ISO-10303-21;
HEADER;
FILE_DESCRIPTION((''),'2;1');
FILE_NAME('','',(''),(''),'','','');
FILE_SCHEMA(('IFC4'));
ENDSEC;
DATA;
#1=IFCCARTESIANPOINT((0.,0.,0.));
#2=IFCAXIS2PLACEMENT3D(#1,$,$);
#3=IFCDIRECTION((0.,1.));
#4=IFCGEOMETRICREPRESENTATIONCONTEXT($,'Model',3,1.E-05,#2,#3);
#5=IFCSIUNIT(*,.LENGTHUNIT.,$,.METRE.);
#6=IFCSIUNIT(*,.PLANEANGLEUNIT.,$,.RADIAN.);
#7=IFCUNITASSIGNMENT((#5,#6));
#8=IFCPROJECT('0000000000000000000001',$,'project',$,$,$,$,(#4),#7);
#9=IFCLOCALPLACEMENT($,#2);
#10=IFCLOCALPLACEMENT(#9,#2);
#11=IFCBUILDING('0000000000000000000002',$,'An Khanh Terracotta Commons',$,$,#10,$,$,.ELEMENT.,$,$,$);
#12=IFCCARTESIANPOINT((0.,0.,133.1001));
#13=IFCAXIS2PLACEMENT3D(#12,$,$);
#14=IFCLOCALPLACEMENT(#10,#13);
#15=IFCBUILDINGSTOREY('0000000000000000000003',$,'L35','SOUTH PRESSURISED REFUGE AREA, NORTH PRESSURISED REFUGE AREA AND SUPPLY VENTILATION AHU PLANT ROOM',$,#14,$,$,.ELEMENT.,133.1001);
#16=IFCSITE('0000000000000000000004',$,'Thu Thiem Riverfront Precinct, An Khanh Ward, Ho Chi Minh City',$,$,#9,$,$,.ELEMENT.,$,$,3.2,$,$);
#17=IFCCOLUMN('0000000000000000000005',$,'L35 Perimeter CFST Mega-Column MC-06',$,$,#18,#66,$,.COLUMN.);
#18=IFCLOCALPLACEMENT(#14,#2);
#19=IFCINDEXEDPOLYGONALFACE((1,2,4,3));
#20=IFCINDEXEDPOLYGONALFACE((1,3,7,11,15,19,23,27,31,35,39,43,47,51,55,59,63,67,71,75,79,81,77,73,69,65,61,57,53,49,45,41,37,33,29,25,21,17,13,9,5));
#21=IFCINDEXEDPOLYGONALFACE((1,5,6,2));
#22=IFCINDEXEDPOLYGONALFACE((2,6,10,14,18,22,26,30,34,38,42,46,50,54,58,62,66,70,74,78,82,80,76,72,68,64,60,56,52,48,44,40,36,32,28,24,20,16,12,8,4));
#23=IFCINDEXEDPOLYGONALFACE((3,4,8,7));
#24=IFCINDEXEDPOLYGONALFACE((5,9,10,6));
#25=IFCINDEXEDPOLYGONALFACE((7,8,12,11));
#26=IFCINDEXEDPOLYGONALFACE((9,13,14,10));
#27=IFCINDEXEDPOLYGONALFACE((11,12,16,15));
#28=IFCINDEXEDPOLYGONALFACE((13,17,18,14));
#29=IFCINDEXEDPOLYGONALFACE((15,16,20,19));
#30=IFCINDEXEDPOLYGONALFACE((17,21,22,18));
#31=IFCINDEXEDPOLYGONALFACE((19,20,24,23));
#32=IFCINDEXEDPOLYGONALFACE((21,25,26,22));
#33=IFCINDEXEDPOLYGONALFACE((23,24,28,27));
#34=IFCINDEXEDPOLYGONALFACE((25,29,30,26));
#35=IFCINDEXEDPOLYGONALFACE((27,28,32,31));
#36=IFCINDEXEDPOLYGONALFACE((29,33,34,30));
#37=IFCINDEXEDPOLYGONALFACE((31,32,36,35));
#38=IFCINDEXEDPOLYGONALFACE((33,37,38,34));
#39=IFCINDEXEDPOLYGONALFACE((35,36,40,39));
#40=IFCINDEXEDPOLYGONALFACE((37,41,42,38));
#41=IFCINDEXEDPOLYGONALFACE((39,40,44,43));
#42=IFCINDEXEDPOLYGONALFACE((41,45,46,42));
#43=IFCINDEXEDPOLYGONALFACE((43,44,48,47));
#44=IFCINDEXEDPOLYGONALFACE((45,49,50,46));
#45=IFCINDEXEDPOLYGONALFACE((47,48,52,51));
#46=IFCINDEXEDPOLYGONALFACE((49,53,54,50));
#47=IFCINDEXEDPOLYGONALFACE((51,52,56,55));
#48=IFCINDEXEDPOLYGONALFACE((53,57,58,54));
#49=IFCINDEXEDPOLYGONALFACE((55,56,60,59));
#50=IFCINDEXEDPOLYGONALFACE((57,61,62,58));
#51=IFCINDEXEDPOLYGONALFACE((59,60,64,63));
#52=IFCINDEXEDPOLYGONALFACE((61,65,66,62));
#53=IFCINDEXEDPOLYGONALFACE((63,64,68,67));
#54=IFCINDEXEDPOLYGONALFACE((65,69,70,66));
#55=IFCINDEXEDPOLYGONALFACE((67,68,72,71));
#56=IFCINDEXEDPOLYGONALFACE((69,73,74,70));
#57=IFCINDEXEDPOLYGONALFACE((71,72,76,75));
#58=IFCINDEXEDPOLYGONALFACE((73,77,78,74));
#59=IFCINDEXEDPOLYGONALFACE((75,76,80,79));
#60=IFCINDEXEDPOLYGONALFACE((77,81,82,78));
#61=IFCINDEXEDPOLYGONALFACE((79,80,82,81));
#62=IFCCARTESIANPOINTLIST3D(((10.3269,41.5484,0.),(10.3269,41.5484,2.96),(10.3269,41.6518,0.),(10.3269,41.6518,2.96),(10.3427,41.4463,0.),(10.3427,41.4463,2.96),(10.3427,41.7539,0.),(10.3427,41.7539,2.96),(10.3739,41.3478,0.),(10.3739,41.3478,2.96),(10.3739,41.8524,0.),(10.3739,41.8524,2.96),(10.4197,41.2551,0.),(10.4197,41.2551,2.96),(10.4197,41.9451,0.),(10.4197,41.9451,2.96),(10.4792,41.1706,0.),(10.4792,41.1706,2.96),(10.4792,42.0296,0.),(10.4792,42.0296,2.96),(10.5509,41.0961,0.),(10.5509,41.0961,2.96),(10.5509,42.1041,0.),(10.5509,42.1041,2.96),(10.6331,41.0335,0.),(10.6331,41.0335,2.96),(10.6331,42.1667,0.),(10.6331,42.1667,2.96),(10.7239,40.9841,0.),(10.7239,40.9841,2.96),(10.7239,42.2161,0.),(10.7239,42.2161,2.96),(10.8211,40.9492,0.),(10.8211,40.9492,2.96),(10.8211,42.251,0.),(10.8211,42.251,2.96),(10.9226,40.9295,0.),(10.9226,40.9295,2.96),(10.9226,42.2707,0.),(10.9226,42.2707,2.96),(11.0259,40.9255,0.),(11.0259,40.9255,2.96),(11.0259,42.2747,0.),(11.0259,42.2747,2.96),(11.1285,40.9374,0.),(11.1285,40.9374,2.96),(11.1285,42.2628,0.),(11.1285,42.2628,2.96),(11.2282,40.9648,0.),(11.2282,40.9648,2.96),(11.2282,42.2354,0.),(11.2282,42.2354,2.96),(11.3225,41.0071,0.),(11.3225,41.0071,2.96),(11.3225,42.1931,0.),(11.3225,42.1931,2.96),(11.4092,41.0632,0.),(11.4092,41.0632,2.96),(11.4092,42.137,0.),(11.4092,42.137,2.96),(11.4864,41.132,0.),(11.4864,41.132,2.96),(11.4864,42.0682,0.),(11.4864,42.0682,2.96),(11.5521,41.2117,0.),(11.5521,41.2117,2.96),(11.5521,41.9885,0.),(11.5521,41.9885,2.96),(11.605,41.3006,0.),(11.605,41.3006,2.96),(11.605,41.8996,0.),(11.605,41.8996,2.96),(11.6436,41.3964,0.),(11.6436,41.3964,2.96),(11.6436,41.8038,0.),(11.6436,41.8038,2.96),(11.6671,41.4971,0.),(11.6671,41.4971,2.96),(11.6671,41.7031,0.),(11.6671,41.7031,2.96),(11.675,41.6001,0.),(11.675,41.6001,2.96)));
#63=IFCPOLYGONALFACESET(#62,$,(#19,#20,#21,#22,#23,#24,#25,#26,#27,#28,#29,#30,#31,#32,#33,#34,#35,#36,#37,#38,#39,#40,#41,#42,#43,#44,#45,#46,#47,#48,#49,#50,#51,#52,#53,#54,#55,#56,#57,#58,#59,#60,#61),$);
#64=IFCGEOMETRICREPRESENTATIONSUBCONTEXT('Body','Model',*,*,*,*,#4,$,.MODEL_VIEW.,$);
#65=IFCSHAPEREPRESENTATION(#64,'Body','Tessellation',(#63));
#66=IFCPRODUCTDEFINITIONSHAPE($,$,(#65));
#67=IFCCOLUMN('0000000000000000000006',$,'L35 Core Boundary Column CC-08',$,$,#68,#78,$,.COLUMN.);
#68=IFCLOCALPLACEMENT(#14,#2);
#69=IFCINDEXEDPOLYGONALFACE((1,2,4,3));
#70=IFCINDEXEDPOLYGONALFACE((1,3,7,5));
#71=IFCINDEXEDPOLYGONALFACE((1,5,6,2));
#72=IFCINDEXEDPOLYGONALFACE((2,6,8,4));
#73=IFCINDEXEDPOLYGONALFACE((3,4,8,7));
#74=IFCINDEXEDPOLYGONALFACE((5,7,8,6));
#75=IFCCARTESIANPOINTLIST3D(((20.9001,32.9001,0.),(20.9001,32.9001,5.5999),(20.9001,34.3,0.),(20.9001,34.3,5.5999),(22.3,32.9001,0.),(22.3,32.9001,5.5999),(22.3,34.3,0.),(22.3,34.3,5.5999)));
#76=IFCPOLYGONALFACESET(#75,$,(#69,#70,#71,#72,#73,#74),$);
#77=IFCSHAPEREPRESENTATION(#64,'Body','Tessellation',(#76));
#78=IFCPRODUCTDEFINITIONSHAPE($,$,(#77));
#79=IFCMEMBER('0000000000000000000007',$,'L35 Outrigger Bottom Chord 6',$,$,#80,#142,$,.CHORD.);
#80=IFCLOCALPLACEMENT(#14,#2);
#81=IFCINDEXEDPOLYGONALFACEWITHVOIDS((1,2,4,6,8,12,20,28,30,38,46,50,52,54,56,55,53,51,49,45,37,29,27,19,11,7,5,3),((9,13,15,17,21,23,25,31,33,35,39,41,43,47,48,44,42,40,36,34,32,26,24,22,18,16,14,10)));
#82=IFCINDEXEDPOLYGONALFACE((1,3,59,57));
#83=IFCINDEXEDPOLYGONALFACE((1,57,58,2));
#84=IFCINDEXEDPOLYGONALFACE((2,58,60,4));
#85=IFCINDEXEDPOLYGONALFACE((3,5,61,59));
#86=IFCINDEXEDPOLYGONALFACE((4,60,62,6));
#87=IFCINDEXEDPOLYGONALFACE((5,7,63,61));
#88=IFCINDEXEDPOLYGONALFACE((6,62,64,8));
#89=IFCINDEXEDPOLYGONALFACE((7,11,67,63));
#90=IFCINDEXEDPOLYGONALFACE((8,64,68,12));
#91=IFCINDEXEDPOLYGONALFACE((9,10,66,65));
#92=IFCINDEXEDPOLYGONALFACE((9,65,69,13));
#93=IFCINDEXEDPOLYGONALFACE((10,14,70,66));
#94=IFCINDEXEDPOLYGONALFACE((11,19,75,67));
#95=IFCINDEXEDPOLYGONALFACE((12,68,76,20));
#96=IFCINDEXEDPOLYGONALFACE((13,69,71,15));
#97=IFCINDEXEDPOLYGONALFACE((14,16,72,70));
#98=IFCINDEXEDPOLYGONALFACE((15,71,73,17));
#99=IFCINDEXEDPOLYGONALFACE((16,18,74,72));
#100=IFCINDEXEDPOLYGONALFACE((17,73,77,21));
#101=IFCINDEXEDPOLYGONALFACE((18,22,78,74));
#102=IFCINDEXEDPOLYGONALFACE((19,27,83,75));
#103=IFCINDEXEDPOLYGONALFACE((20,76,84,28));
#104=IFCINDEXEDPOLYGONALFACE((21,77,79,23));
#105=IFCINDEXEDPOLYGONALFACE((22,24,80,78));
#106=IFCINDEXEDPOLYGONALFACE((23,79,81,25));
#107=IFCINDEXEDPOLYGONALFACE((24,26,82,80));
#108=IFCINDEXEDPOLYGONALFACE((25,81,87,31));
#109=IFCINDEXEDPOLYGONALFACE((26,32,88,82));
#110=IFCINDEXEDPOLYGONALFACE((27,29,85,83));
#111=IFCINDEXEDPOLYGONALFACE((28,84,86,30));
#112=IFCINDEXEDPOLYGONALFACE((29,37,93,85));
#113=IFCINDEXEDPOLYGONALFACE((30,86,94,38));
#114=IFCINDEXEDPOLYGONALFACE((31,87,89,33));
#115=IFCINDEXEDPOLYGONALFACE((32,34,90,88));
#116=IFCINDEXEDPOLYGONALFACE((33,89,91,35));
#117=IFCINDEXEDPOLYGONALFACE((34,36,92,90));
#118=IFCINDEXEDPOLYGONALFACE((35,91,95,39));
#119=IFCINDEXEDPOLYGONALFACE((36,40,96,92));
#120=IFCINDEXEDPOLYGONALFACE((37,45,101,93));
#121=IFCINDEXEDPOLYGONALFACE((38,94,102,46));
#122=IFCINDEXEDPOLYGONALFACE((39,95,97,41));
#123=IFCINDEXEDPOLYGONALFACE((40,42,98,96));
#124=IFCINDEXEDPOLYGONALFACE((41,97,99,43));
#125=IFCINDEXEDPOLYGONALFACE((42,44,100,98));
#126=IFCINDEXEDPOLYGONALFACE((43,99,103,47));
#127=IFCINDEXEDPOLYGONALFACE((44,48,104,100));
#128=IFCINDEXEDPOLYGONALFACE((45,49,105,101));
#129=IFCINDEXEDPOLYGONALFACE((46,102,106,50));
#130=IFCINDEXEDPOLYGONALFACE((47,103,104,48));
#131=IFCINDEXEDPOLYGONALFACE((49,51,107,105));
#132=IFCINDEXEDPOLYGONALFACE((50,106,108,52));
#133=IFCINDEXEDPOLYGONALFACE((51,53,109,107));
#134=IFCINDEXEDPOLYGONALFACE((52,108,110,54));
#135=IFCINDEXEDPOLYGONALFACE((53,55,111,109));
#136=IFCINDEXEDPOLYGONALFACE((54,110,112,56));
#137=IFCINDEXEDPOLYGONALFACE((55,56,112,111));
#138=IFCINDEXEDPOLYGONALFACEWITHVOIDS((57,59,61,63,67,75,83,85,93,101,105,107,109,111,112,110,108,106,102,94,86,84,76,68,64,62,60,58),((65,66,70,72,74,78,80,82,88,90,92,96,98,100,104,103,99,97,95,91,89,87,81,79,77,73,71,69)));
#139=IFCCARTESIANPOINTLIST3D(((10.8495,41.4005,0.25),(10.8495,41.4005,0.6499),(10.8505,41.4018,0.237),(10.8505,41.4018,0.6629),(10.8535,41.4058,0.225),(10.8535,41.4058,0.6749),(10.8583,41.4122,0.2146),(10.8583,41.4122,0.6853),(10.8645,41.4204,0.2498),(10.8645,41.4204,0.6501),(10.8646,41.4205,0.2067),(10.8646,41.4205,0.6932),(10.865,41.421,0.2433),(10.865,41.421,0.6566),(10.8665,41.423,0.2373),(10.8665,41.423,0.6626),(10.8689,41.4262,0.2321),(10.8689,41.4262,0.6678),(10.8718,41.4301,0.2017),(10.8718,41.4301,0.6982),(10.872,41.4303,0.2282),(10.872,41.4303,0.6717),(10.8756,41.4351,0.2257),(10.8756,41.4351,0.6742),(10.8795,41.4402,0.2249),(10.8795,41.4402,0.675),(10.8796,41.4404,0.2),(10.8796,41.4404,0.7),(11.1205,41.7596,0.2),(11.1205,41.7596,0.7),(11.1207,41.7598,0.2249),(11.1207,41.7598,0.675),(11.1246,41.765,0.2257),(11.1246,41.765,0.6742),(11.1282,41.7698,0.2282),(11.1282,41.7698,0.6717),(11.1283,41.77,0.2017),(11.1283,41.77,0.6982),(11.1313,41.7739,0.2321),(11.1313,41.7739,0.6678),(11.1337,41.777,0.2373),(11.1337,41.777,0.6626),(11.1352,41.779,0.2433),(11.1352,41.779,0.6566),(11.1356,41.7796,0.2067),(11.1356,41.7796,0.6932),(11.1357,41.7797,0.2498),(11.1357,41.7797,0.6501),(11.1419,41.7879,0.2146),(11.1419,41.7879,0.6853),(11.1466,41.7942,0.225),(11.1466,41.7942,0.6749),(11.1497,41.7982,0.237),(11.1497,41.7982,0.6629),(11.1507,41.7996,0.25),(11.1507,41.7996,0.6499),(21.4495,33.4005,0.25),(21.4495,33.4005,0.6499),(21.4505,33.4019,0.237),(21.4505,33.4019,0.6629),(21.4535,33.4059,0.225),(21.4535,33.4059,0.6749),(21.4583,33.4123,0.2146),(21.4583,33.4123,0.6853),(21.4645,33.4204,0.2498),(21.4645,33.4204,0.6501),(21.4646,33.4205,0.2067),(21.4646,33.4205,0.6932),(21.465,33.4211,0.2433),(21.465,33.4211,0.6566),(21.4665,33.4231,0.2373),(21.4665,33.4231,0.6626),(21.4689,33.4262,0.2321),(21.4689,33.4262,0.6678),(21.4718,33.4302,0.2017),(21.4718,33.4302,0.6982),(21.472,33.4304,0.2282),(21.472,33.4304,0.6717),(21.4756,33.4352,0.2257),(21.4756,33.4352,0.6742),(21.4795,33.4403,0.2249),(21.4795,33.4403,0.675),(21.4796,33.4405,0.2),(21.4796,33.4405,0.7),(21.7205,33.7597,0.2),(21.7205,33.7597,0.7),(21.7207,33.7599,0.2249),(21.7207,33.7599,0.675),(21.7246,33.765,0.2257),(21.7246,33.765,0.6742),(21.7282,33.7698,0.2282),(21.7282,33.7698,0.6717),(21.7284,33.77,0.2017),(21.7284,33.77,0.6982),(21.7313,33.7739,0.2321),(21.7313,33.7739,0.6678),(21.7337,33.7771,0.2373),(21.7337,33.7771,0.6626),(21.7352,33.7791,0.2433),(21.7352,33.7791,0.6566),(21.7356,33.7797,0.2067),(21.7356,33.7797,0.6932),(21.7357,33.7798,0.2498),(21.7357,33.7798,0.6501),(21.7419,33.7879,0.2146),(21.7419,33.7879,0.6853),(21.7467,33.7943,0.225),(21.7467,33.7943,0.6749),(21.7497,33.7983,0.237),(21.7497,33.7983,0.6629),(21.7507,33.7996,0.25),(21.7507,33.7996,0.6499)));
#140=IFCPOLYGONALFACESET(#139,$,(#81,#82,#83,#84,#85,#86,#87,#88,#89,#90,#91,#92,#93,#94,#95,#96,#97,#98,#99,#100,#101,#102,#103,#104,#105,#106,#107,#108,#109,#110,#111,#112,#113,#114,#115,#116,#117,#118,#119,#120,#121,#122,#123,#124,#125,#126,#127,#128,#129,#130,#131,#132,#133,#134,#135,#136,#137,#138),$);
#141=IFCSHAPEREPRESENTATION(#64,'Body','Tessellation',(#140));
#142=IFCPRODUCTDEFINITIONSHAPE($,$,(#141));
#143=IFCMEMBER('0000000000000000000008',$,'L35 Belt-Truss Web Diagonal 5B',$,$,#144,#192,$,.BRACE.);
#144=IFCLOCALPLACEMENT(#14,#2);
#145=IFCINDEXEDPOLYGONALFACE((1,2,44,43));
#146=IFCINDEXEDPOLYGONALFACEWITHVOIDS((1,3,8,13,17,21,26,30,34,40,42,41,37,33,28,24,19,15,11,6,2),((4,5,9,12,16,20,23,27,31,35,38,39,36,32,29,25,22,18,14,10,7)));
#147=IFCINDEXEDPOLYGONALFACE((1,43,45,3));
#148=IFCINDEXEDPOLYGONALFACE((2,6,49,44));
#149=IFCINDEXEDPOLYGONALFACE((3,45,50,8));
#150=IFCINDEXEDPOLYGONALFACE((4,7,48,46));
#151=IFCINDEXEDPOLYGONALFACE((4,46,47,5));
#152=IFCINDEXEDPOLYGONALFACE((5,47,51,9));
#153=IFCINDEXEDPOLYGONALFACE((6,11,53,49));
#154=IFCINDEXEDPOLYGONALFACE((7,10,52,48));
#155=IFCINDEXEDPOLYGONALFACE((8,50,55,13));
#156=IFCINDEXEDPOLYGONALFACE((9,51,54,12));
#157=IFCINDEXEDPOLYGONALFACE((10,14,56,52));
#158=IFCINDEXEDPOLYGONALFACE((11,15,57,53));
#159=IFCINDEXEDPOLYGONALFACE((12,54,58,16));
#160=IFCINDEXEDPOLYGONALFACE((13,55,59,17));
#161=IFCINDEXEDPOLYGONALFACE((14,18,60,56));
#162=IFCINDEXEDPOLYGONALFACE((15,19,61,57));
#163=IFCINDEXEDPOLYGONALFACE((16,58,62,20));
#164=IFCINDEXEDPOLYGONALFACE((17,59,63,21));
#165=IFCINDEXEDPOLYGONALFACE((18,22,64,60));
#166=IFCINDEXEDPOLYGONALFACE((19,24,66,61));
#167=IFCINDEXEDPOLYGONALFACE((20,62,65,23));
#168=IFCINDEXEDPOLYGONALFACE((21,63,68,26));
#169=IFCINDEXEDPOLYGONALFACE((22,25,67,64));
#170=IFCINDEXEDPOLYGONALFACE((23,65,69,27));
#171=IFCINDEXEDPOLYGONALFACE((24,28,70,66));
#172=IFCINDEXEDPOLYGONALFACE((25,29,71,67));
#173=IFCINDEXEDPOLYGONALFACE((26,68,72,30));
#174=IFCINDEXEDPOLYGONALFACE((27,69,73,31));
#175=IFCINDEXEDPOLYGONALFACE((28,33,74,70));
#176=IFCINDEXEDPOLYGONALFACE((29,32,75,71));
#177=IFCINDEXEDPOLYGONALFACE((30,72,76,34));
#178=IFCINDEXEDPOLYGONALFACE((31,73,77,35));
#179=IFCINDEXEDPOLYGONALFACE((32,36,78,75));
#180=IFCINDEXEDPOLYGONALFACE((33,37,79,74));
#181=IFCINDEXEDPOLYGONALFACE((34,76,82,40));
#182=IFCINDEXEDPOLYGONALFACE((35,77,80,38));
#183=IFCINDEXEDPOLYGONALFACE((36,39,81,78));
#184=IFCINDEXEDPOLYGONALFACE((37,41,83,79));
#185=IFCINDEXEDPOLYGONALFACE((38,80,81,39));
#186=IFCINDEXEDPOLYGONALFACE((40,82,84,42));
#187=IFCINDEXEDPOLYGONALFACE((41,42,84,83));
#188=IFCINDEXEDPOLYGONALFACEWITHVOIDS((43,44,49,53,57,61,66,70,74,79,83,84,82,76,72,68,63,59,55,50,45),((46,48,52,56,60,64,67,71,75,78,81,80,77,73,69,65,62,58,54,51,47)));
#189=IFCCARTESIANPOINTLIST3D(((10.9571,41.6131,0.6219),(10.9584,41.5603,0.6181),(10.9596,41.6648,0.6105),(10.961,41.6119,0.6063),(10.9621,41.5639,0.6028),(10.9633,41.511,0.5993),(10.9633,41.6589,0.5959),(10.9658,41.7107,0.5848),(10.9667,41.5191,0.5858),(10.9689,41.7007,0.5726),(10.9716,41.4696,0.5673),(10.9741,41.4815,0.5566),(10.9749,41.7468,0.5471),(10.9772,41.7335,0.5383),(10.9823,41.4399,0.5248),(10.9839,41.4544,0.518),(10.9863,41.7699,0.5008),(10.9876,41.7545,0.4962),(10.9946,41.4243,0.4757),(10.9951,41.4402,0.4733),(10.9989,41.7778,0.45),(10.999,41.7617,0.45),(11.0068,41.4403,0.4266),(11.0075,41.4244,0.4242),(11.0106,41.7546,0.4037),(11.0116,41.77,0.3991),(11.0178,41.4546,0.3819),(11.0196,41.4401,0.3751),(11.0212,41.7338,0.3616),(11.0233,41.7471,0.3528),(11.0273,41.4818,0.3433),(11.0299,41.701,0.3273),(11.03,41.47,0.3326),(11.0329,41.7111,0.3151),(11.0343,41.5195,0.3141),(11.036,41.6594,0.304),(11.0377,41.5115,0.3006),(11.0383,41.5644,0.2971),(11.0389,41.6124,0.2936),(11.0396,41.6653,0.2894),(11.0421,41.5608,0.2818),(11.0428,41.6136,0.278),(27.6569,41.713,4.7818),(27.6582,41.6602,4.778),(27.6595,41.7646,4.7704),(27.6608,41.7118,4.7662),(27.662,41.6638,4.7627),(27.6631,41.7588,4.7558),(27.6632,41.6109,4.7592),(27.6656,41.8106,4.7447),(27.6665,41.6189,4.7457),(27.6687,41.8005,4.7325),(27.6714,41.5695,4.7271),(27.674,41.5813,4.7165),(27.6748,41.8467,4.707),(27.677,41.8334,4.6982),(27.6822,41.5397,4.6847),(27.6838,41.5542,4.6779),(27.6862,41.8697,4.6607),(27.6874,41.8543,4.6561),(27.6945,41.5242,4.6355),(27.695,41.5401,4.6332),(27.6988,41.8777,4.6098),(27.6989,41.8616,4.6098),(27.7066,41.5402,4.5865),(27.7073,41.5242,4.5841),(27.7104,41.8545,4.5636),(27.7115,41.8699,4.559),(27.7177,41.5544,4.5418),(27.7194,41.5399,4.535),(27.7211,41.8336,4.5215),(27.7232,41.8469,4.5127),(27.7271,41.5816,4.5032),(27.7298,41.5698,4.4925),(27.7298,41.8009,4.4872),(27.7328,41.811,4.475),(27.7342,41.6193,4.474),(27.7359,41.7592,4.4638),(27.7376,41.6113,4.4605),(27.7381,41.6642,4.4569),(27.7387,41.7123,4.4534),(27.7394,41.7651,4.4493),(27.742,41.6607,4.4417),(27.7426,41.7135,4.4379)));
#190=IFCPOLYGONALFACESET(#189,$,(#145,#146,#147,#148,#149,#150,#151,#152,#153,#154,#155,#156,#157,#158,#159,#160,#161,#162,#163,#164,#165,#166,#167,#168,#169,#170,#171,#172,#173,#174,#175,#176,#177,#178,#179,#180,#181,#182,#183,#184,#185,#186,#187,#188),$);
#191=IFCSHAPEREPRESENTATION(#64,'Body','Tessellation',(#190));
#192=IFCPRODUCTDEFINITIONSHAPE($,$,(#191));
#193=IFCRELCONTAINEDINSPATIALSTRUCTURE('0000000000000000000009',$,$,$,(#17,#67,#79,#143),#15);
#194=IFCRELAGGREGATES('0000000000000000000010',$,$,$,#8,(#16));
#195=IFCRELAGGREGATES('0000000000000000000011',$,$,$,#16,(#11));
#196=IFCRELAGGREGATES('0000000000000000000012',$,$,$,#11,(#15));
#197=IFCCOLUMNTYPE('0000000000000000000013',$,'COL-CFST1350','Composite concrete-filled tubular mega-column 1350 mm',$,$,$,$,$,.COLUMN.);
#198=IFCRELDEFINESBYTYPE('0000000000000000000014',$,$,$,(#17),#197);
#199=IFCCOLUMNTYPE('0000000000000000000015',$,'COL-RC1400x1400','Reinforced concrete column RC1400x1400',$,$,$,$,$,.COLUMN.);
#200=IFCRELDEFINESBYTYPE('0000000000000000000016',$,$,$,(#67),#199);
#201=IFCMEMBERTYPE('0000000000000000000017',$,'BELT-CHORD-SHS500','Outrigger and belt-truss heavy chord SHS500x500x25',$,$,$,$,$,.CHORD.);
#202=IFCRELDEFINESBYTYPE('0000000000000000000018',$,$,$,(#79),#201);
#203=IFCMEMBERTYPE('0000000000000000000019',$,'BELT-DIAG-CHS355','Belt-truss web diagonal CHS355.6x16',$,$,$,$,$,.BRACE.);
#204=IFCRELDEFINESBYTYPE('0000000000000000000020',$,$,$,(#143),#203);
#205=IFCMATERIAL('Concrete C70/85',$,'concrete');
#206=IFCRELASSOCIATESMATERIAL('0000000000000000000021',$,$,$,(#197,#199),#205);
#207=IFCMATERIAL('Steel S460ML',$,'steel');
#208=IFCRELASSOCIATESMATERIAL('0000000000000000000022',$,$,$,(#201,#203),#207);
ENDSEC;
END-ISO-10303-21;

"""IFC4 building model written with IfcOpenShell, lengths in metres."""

from ifc_helpers import new_model, si_unit, direction, frame, origin, origin_2d, place, context, subcontext, project, spatial, rectangle, hollow_rectangle, circle, hollow_circle, extrude, material, material_profile, profile_set, type_object, element, save


model = new_model("IFC4")

# Units and contexts
model_context = context("Model", 3, precision=1e-05, world=origin(), true_north=direction((0.0, 1.0)))
body_context = subcontext(model_context, "Body", "Model", "MODEL_VIEW")
ifc_project = project(units=[si_unit("LENGTHUNIT", "METRE"), si_unit("PLANEANGLEUNIT", "RADIAN")], contexts=[model_context])

# Site, building, storey
site_placement = place(None, origin())
site = spatial("IfcSite", under=ifc_project, at=site_placement, Name="Thu Thiem Riverfront Precinct, An Khanh Ward, Ho Chi Minh City", CompositionType="ELEMENT", RefElevation=3.2)
building_placement = place(site_placement, origin())
building = spatial("IfcBuilding", under=site, at=building_placement, Name="An Khanh Terracotta Commons", CompositionType="ELEMENT")
storey_placement = place(building_placement, frame((0.0, 0.0, 133.1001)))
storey = spatial("IfcBuildingStorey", under=building, at=storey_placement, Name="L35", Description="SOUTH PRESSURISED REFUGE AREA, NORTH PRESSURISED REFUGE AREA AND SUPPLY VENTILATION AHU PLANT ROOM", CompositionType="ELEMENT", Elevation=133.1001)

# Columns
ifc_material_1 = material(Name="Concrete C70/85", Category="concrete")
ifc_material_profile_1 = material_profile(ifc_material_1, circle(Radius=0.675, at=origin_2d()), Name="CFST1350")
ifc_profile_set_1 = profile_set([ifc_material_profile_1], Name="Concrete C70/85")
column_type_1 = type_object("IfcColumnType", Name="COL-CFST1350", Description="Composite concrete-filled tubular mega-column 1350 mm", PredefinedType="COLUMN", material=ifc_profile_set_1)
column_1_placement = place(storey_placement, frame((11.0, 41.6001, 0.0), z_axis=(0.0, 0.0, 1.0), x_axis=(1.0, 0.0, 0.0)))
element("IfcColumn", 1, at=column_1_placement, inside=storey, type_object=column_type_1, Name="L35 Perimeter CFST Mega-Column MC-06", PredefinedType="COLUMN", context=body_context, shape_type="SweptSolid", body=[
    extrude(circle(Radius=0.675, at=origin_2d()), origin(), (0.0, 0.0, 1.0), 2.96),
])
ifc_material_profile_2 = material_profile(ifc_material_1, rectangle(XDim=1.3999, YDim=1.3999, at=origin_2d()), Name="RC1400x1400")
ifc_profile_set_2 = profile_set([ifc_material_profile_2], Name="Concrete C70/85")
column_type_2 = type_object("IfcColumnType", Name="COL-RC1400x1400", Description="Reinforced concrete column RC1400x1400", PredefinedType="COLUMN", material=ifc_profile_set_2)
column_2_placement = place(storey_placement, frame((21.6001, 33.6001, 0.0), z_axis=(0.0, 0.0, 1.0), x_axis=(1.0, 0.0, 0.0)))
element("IfcColumn", 2, at=column_2_placement, inside=storey, type_object=column_type_2, Name="L35 Core Boundary Column CC-08", PredefinedType="COLUMN", context=body_context, shape_type="SweptSolid", body=[
    extrude(rectangle(XDim=1.3999, YDim=1.3999, at=origin_2d()), origin(), (0.0, 0.0, 1.0), 5.5999),
])

# Members
ifc_material_2 = material(Name="Steel S460ML", Category="steel")
ifc_material_profile_3 = material_profile(ifc_material_2, hollow_rectangle(XDim=0.5, YDim=0.5, WallThickness=0.0249, InnerFilletRadius=0.0249, OuterFilletRadius=0.05, at=origin_2d()), Name="SHS500x500x25")
ifc_profile_set_3 = profile_set([ifc_material_profile_3], Name="Steel S460ML")
member_type_1 = type_object("IfcMemberType", Name="BELT-CHORD-SHS500", Description="Outrigger and belt-truss heavy chord SHS500x500x25", PredefinedType="CHORD", material=ifc_profile_set_3)
member_1_placement = place(storey_placement, frame((21.6001, 33.6001, 0.45), z_axis=(-0.798192, 0.602403, 0.0), x_axis=(-0.602403, -0.798192, 0.0)))
element("IfcMember", 3, at=member_1_placement, inside=storey, type_object=member_type_1, Name="L35 Outrigger Bottom Chord 6", PredefinedType="CHORD", context=body_context, shape_type="SweptSolid", body=[
    extrude(hollow_rectangle(XDim=0.5, YDim=0.5, WallThickness=0.0249, InnerFilletRadius=0.0249, OuterFilletRadius=0.05, at=origin_2d()), origin(), (0.0, 0.0, 1.0), 13.28),
])
ifc_material_profile_4 = material_profile(ifc_material_2, hollow_circle(Radius=0.1777, WallThickness=0.0161, at=origin_2d()), Name="CHS355.6x16")
ifc_profile_set_4 = profile_set([ifc_material_profile_4], Name="Steel S460ML")
member_type_2 = type_object("IfcMemberType", Name="BELT-DIAG-CHS355", Description="Belt-truss web diagonal CHS355.6x16", PredefinedType="BRACE", material=ifc_profile_set_4)
member_2_placement = place(storey_placement, frame((11.0, 41.6001, 0.45), z_axis=(0.970332, 0.005802, 0.241707), x_axis=(-0.005979, 0.999982, 0.0)))
element("IfcMember", 4, at=member_2_placement, inside=storey, type_object=member_type_2, Name="L35 Belt-Truss Web Diagonal 5B", PredefinedType="BRACE", context=body_context, shape_type="SweptSolid", body=[
    extrude(hollow_circle(Radius=0.1777, WallThickness=0.0161, at=origin_2d()), origin(), (0.0, 0.0, 1.0), 17.2104),
])

save(model, "model.ifc")
